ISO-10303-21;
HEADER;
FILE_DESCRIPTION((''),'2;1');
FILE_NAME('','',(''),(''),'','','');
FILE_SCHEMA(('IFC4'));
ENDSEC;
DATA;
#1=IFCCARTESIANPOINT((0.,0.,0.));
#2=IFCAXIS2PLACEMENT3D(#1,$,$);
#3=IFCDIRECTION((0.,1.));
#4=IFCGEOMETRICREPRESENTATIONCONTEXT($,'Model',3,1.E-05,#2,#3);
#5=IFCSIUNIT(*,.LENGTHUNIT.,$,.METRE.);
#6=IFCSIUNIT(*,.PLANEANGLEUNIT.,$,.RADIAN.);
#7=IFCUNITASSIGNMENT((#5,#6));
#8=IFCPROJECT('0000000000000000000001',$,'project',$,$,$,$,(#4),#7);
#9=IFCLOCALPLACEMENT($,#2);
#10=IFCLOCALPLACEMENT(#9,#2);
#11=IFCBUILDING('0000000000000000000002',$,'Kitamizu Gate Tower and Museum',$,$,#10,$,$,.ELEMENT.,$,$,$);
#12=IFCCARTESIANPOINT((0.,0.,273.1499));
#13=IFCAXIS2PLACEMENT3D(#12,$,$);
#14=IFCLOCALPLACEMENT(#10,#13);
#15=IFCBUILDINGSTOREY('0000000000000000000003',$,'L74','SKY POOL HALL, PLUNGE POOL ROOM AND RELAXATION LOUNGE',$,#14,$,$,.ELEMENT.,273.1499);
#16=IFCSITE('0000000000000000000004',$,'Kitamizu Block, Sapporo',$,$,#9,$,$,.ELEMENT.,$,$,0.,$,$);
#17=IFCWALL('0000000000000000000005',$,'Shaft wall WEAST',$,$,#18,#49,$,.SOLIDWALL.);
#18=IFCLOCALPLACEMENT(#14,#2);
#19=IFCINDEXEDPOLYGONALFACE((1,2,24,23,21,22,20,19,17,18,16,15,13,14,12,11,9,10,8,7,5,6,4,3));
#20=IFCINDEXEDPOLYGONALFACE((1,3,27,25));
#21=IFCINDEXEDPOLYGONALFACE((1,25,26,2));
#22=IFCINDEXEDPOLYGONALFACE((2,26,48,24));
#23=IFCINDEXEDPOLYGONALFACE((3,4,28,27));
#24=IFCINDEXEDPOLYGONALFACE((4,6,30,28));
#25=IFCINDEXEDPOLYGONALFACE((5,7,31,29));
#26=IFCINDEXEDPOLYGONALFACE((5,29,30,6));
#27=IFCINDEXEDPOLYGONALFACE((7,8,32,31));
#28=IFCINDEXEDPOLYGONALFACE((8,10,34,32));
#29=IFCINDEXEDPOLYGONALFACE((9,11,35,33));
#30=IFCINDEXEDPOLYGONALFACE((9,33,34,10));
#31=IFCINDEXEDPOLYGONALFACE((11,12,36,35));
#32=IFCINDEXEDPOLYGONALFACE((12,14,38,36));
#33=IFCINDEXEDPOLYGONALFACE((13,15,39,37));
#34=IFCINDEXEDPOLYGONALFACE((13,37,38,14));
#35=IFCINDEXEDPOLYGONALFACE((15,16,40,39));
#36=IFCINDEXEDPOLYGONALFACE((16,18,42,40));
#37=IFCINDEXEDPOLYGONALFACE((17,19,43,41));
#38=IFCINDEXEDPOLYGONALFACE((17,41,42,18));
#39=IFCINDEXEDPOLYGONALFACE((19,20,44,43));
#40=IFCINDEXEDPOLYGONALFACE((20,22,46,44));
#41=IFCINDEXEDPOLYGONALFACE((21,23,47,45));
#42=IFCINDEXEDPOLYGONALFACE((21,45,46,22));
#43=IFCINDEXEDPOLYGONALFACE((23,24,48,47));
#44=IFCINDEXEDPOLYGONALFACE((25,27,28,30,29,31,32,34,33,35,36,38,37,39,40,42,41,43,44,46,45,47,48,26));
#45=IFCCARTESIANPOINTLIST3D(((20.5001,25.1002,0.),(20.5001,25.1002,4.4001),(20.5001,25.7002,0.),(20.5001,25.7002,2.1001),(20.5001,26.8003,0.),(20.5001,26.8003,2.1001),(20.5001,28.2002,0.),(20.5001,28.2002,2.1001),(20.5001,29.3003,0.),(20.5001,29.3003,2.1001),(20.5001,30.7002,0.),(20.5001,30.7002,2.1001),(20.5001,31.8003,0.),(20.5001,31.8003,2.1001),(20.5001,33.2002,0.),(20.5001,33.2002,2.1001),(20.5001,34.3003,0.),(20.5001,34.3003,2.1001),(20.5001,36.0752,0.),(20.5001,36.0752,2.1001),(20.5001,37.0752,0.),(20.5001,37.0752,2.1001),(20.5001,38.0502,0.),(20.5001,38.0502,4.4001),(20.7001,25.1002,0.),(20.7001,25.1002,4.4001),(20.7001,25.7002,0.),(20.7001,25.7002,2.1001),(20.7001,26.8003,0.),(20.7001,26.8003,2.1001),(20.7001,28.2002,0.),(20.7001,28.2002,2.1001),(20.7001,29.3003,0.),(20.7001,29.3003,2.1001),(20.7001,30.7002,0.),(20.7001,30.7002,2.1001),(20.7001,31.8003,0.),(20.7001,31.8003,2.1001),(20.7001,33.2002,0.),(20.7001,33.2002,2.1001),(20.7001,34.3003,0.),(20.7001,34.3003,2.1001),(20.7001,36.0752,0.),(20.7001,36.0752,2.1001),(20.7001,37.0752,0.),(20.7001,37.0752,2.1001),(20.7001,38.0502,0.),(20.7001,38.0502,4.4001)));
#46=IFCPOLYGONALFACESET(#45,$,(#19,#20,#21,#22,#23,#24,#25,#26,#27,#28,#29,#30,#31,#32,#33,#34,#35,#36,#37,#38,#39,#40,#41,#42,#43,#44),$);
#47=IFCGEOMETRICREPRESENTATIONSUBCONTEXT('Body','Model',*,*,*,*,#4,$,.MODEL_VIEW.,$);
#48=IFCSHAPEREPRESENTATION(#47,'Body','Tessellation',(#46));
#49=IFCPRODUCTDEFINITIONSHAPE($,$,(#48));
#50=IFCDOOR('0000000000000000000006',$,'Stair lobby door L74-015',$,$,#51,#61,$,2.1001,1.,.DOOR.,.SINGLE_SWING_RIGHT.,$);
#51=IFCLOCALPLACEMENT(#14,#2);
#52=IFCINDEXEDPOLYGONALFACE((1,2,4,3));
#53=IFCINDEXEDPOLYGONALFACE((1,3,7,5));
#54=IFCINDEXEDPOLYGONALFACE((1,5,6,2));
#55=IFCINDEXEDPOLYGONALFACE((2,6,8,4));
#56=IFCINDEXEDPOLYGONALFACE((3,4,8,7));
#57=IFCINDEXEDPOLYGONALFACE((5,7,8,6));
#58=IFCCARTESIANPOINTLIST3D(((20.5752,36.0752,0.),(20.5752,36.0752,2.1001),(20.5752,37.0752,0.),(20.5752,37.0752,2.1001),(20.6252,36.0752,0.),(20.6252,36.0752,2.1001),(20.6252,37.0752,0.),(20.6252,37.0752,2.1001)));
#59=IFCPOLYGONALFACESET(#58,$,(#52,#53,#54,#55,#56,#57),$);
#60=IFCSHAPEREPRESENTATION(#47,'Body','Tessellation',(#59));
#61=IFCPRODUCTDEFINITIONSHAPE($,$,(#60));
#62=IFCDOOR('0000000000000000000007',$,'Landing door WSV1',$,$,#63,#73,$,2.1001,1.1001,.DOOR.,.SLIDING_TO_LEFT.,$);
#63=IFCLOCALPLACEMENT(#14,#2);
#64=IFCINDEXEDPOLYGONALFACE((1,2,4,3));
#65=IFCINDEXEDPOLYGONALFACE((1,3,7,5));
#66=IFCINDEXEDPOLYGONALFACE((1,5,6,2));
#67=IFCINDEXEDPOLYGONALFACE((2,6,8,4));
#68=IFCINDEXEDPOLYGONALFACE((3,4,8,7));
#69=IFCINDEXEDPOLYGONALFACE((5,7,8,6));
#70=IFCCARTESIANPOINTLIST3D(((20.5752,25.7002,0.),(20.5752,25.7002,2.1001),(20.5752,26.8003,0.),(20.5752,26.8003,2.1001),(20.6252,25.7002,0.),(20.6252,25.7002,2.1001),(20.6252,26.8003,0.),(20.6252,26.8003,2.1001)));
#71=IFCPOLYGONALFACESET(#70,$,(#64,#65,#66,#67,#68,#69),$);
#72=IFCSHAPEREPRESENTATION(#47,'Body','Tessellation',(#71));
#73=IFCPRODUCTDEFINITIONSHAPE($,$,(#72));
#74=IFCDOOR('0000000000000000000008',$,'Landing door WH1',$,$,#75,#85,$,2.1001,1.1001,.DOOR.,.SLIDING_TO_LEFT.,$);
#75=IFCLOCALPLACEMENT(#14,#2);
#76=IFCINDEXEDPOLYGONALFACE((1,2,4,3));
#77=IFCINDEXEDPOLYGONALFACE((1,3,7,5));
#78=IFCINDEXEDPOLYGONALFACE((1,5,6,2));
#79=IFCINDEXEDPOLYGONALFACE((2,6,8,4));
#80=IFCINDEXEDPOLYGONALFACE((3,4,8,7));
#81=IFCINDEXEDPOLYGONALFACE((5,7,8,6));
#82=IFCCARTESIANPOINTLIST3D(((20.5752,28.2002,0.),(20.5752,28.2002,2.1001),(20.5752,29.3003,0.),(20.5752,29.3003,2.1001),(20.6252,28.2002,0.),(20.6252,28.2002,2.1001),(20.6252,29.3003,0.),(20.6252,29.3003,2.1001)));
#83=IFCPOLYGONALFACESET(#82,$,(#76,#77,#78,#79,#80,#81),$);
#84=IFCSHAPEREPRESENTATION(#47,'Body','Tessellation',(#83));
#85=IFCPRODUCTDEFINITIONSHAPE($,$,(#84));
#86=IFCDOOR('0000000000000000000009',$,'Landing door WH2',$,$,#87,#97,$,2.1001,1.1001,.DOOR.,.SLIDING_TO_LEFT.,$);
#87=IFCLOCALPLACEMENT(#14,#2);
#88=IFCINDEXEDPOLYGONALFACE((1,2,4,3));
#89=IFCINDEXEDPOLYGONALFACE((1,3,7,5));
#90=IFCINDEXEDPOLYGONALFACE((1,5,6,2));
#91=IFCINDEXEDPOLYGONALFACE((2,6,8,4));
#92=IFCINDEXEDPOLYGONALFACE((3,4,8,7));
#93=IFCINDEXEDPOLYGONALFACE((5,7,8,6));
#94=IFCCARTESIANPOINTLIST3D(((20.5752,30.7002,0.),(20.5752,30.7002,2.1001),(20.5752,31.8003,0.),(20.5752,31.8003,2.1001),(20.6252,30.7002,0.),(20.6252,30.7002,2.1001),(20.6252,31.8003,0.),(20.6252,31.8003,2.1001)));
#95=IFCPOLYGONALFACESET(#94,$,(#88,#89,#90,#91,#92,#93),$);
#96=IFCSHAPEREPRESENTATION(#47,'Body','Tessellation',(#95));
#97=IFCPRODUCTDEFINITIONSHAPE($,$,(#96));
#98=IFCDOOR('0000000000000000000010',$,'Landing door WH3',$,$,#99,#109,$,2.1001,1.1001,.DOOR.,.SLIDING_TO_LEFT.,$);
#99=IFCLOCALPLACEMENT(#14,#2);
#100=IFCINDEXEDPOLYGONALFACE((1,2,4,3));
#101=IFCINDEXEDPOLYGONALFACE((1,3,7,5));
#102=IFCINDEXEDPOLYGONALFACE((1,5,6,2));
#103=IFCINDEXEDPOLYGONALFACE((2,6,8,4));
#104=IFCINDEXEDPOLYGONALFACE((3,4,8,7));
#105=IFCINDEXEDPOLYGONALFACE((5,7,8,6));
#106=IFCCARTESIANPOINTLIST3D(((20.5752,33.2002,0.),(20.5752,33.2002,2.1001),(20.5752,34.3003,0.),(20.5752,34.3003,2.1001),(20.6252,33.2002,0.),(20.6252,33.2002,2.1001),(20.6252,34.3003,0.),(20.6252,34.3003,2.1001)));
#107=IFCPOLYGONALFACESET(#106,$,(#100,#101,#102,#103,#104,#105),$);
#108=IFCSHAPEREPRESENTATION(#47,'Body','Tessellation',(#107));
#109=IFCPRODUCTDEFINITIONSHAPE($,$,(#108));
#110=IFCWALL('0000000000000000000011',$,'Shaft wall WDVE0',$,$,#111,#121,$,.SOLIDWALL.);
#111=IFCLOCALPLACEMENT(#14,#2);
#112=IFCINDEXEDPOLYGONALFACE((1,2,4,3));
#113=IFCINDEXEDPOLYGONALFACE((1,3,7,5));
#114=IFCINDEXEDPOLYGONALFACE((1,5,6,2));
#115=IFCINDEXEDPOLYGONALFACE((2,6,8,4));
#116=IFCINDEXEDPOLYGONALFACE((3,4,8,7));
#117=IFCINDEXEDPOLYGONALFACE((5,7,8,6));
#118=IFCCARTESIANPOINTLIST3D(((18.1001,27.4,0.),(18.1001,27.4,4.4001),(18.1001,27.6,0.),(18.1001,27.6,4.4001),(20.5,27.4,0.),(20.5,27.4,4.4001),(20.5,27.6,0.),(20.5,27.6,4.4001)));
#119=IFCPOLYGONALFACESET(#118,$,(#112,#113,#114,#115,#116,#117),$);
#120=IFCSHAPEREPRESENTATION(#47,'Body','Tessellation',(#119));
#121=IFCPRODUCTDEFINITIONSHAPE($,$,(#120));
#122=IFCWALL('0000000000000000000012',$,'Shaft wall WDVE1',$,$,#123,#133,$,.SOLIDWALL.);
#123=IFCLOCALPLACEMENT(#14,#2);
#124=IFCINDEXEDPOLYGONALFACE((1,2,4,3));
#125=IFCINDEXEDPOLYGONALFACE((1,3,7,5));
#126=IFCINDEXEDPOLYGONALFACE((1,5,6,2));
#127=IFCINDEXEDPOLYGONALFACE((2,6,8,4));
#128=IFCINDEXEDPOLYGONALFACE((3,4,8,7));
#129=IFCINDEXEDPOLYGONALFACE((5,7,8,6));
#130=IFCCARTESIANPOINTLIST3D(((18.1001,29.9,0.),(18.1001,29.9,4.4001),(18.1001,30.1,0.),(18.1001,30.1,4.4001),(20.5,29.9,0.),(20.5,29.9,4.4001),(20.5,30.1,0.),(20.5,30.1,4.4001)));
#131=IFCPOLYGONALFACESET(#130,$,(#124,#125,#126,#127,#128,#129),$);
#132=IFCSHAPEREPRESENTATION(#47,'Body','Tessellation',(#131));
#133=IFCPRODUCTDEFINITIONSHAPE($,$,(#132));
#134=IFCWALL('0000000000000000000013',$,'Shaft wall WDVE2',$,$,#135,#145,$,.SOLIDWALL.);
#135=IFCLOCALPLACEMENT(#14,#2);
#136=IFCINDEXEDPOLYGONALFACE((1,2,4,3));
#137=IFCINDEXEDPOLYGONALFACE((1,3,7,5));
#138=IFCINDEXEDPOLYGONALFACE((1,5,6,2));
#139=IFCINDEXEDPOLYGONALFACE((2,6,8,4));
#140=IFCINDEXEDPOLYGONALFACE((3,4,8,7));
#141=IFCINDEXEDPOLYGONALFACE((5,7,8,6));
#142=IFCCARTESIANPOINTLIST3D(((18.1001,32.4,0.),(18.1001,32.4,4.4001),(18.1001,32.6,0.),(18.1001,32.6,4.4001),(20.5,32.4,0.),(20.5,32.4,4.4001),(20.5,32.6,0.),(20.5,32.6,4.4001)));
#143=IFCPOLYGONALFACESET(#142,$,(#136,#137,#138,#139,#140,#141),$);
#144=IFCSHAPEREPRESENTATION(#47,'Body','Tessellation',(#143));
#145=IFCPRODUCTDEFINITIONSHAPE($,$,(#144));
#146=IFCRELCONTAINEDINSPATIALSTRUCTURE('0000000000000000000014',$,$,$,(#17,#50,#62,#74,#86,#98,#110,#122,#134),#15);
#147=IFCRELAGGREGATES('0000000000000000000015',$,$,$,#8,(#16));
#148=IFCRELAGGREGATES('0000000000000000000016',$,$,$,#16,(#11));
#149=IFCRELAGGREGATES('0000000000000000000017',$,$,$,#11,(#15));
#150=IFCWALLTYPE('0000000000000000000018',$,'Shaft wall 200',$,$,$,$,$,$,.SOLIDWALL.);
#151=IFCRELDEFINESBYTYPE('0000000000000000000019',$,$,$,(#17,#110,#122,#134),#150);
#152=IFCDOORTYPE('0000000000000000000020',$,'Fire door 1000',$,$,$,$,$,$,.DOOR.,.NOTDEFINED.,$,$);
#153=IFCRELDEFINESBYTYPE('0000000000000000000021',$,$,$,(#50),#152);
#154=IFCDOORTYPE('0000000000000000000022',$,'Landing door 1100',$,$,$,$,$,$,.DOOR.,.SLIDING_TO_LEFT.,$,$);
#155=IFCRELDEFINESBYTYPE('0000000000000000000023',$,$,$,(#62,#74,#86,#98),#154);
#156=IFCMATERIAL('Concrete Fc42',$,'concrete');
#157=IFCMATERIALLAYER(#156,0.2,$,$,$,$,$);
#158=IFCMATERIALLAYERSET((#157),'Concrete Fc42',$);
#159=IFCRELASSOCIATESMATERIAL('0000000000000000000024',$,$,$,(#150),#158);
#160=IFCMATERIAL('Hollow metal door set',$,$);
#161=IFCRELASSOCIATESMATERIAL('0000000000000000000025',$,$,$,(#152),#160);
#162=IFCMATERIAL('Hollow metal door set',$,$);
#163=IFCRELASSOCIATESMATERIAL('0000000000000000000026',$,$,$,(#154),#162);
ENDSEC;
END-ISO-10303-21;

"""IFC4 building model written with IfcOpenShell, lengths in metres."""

from ifc_helpers import new_model, si_unit, direction, frame, frame_2d, origin, place, context, subcontext, project, spatial, rectangle, extrude, material, layer, layer_set, type_object, element, fill, save


model = new_model("IFC4")

# Units and contexts
model_context = context("Model", 3, precision=1e-05, world=origin(), true_north=direction((0.0, 1.0)))
body_context = subcontext(model_context, "Body", "Model", "MODEL_VIEW")
ifc_project = project(units=[si_unit("LENGTHUNIT", "METRE"), si_unit("PLANEANGLEUNIT", "RADIAN")], contexts=[model_context])

# Site, building, storey
site_placement = place(None, origin())
site = spatial("IfcSite", under=ifc_project, at=site_placement, Name="Kitamizu Block, Sapporo", CompositionType="ELEMENT", RefElevation=0.0)
building_placement = place(site_placement, origin())
building = spatial("IfcBuilding", under=site, at=building_placement, Name="Kitamizu Gate Tower and Museum", CompositionType="ELEMENT")
storey_placement = place(building_placement, frame((0.0, 0.0, 273.1499)))
storey = spatial("IfcBuildingStorey", under=building, at=storey_placement, Name="L74", Description="SKY POOL HALL, PLUNGE POOL ROOM AND RELAXATION LOUNGE", CompositionType="ELEMENT", Elevation=273.1499)

# Wall, openings, doors
ifc_material_1 = material(Name="Concrete Fc42", Category="concrete")
ifc_layer_1 = layer(ifc_material_1, 0.2)
ifc_layer_set_1 = layer_set([ifc_layer_1], Name="Concrete Fc42")
wall_type_1 = type_object("IfcWallType", Name="Shaft wall 200", PredefinedType="SOLIDWALL", material=ifc_layer_set_1)
wall_1_placement = place(storey_placement, frame((20.6001, 25.1001, 0.0), z_axis=(0.0, 0.0, 1.0), x_axis=(0.0, 1.0, 0.0)))
wall_1 = element("IfcWall", 1, at=wall_1_placement, inside=storey, type_object=wall_type_1, Name="Shaft wall WEAST", PredefinedType="SOLIDWALL", context=body_context, shape_type="SweptSolid", body=[
    extrude(rectangle(XDim=12.95, YDim=0.2, at=frame_2d((6.4751, 0.0))), origin(), (0.0, 0.0, 1.0), 4.4001),
])
opening_1_placement = place(wall_1_placement, frame((0.6001, 0.0, 0.0)))
opening_1 = element("IfcOpeningElement", 2, at=opening_1_placement, cuts=wall_1, PredefinedType="OPENING", context=body_context, shape_type="SweptSolid", body=[
    extrude(rectangle(XDim=1.1001, YDim=2.1001, at=frame_2d((0.55, 1.05))), frame((0.0, 0.1099, 0.0), z_axis=(0.0, -1.0, 0.0), x_axis=(1.0, 0.0, 0.0)), (0.0, 0.0, 1.0), 0.22),
])
opening_2_placement = place(wall_1_placement, frame((3.1001, 0.0, 0.0)))
opening_2 = element("IfcOpeningElement", 3, at=opening_2_placement, cuts=wall_1, PredefinedType="OPENING", context=body_context, shape_type="SweptSolid", body=[
    extrude(rectangle(XDim=1.1001, YDim=2.1001, at=frame_2d((0.55, 1.05))), frame((0.0, 0.1099, 0.0), z_axis=(0.0, -1.0, 0.0), x_axis=(1.0, 0.0, 0.0)), (0.0, 0.0, 1.0), 0.22),
])
opening_3_placement = place(wall_1_placement, frame((5.6001, 0.0, 0.0)))
opening_3 = element("IfcOpeningElement", 4, at=opening_3_placement, cuts=wall_1, PredefinedType="OPENING", context=body_context, shape_type="SweptSolid", body=[
    extrude(rectangle(XDim=1.1001, YDim=2.1001, at=frame_2d((0.55, 1.05))), frame((0.0, 0.1099, 0.0), z_axis=(0.0, -1.0, 0.0), x_axis=(1.0, 0.0, 0.0)), (0.0, 0.0, 1.0), 0.22),
])
opening_4_placement = place(wall_1_placement, frame((8.1001, 0.0, 0.0)))
opening_4 = element("IfcOpeningElement", 5, at=opening_4_placement, cuts=wall_1, PredefinedType="OPENING", context=body_context, shape_type="SweptSolid", body=[
    extrude(rectangle(XDim=1.1001, YDim=2.1001, at=frame_2d((0.55, 1.05))), frame((0.0, 0.1099, 0.0), z_axis=(0.0, -1.0, 0.0), x_axis=(1.0, 0.0, 0.0)), (0.0, 0.0, 1.0), 0.22),
])
opening_5_placement = place(wall_1_placement, frame((10.9751, 0.0, 0.0)))
opening_5 = element("IfcOpeningElement", 6, at=opening_5_placement, cuts=wall_1, PredefinedType="OPENING", context=body_context, shape_type="SweptSolid", body=[
    extrude(rectangle(XDim=1.0, YDim=2.1001, at=frame_2d((0.5, 1.05))), frame((0.0, 0.1099, 0.0), z_axis=(0.0, -1.0, 0.0), x_axis=(1.0, 0.0, 0.0)), (0.0, 0.0, 1.0), 0.22),
])
ifc_material_2 = material(Name="Hollow metal door set")
door_type_1 = type_object("IfcDoorType", Name="Fire door 1000", OperationType="NOTDEFINED", PredefinedType="DOOR", material=ifc_material_2)
door_1_placement = place(opening_5_placement, origin())
door_1 = element("IfcDoor", 7, at=door_1_placement, inside=storey, type_object=door_type_1, Name="Stair lobby door L74-015", OperationType="SINGLE_SWING_RIGHT", OverallHeight=2.1001, OverallWidth=1.0, PredefinedType="DOOR", context=body_context, shape_type="SweptSolid", body=[
    extrude(rectangle(XDim=1.0, YDim=2.1001, at=frame_2d((0.5, 1.05))), frame((0.0, 0.0249, 0.0), z_axis=(0.0, -1.0, 0.0), x_axis=(1.0, 0.0, 0.0)), (0.0, 0.0, 1.0), 0.05),
])
fill(opening_5, door_1)
ifc_material_3 = material(Name="Hollow metal door set")
door_type_2 = type_object("IfcDoorType", Name="Landing door 1100", OperationType="SLIDING_TO_LEFT", PredefinedType="DOOR", material=ifc_material_3)
door_2_placement = place(opening_1_placement, origin())
door_2 = element("IfcDoor", 8, at=door_2_placement, inside=storey, type_object=door_type_2, Name="Landing door WSV1", OperationType="SLIDING_TO_LEFT", OverallHeight=2.1001, OverallWidth=1.1001, PredefinedType="DOOR", context=body_context, shape_type="SweptSolid", body=[
    extrude(rectangle(XDim=1.1001, YDim=2.1001, at=frame_2d((0.55, 1.05))), frame((0.0, 0.0249, 0.0), z_axis=(0.0, -1.0, 0.0), x_axis=(1.0, 0.0, 0.0)), (0.0, 0.0, 1.0), 0.05),
])
fill(opening_1, door_2)
door_3_placement = place(opening_2_placement, origin())
door_3 = element("IfcDoor", 9, at=door_3_placement, inside=storey, type_object=door_type_2, Name="Landing door WH1", OperationType="SLIDING_TO_LEFT", OverallHeight=2.1001, OverallWidth=1.1001, PredefinedType="DOOR", context=body_context, shape_type="SweptSolid", body=[
    extrude(rectangle(XDim=1.1001, YDim=2.1001, at=frame_2d((0.55, 1.05))), frame((0.0, 0.0249, 0.0), z_axis=(0.0, -1.0, 0.0), x_axis=(1.0, 0.0, 0.0)), (0.0, 0.0, 1.0), 0.05),
])
fill(opening_2, door_3)
door_4_placement = place(opening_3_placement, origin())
door_4 = element("IfcDoor", 10, at=door_4_placement, inside=storey, type_object=door_type_2, Name="Landing door WH2", OperationType="SLIDING_TO_LEFT", OverallHeight=2.1001, OverallWidth=1.1001, PredefinedType="DOOR", context=body_context, shape_type="SweptSolid", body=[
    extrude(rectangle(XDim=1.1001, YDim=2.1001, at=frame_2d((0.55, 1.05))), frame((0.0, 0.0249, 0.0), z_axis=(0.0, -1.0, 0.0), x_axis=(1.0, 0.0, 0.0)), (0.0, 0.0, 1.0), 0.05),
])
fill(opening_3, door_4)
door_5_placement = place(opening_4_placement, origin())
door_5 = element("IfcDoor", 11, at=door_5_placement, inside=storey, type_object=door_type_2, Name="Landing door WH3", OperationType="SLIDING_TO_LEFT", OverallHeight=2.1001, OverallWidth=1.1001, PredefinedType="DOOR", context=body_context, shape_type="SweptSolid", body=[
    extrude(rectangle(XDim=1.1001, YDim=2.1001, at=frame_2d((0.55, 1.05))), frame((0.0, 0.0249, 0.0), z_axis=(0.0, -1.0, 0.0), x_axis=(1.0, 0.0, 0.0)), (0.0, 0.0, 1.0), 0.05),
])
fill(opening_4, door_5)

# Walls
for number, where, z_axis, x_axis, name in (
    (12, (18.1001, 27.5, 0.0), (0.0, 0.0, 1.0), (1.0, 0.0, 0.0), "Shaft wall WDVE0"),
    (13, (18.1001, 30.0, 0.0), (0.0, 0.0, 1.0), (1.0, 0.0, 0.0), "Shaft wall WDVE1"),
    (14, (18.1001, 32.5, 0.0), (0.0, 0.0, 1.0), (1.0, 0.0, 0.0), "Shaft wall WDVE2"),
):
    element("IfcWall", number, at=place(storey_placement, frame(where, z_axis=z_axis, x_axis=x_axis)), inside=storey, type_object=wall_type_1, Name=name, PredefinedType="SOLIDWALL", context=body_context, shape_type="SweptSolid", body=[
        extrude(rectangle(XDim=2.3999, YDim=0.2, at=frame_2d((1.2, 0.0))), origin(), (0.0, 0.0, 1.0), 4.4001),
    ])

save(model, "model.ifc")
